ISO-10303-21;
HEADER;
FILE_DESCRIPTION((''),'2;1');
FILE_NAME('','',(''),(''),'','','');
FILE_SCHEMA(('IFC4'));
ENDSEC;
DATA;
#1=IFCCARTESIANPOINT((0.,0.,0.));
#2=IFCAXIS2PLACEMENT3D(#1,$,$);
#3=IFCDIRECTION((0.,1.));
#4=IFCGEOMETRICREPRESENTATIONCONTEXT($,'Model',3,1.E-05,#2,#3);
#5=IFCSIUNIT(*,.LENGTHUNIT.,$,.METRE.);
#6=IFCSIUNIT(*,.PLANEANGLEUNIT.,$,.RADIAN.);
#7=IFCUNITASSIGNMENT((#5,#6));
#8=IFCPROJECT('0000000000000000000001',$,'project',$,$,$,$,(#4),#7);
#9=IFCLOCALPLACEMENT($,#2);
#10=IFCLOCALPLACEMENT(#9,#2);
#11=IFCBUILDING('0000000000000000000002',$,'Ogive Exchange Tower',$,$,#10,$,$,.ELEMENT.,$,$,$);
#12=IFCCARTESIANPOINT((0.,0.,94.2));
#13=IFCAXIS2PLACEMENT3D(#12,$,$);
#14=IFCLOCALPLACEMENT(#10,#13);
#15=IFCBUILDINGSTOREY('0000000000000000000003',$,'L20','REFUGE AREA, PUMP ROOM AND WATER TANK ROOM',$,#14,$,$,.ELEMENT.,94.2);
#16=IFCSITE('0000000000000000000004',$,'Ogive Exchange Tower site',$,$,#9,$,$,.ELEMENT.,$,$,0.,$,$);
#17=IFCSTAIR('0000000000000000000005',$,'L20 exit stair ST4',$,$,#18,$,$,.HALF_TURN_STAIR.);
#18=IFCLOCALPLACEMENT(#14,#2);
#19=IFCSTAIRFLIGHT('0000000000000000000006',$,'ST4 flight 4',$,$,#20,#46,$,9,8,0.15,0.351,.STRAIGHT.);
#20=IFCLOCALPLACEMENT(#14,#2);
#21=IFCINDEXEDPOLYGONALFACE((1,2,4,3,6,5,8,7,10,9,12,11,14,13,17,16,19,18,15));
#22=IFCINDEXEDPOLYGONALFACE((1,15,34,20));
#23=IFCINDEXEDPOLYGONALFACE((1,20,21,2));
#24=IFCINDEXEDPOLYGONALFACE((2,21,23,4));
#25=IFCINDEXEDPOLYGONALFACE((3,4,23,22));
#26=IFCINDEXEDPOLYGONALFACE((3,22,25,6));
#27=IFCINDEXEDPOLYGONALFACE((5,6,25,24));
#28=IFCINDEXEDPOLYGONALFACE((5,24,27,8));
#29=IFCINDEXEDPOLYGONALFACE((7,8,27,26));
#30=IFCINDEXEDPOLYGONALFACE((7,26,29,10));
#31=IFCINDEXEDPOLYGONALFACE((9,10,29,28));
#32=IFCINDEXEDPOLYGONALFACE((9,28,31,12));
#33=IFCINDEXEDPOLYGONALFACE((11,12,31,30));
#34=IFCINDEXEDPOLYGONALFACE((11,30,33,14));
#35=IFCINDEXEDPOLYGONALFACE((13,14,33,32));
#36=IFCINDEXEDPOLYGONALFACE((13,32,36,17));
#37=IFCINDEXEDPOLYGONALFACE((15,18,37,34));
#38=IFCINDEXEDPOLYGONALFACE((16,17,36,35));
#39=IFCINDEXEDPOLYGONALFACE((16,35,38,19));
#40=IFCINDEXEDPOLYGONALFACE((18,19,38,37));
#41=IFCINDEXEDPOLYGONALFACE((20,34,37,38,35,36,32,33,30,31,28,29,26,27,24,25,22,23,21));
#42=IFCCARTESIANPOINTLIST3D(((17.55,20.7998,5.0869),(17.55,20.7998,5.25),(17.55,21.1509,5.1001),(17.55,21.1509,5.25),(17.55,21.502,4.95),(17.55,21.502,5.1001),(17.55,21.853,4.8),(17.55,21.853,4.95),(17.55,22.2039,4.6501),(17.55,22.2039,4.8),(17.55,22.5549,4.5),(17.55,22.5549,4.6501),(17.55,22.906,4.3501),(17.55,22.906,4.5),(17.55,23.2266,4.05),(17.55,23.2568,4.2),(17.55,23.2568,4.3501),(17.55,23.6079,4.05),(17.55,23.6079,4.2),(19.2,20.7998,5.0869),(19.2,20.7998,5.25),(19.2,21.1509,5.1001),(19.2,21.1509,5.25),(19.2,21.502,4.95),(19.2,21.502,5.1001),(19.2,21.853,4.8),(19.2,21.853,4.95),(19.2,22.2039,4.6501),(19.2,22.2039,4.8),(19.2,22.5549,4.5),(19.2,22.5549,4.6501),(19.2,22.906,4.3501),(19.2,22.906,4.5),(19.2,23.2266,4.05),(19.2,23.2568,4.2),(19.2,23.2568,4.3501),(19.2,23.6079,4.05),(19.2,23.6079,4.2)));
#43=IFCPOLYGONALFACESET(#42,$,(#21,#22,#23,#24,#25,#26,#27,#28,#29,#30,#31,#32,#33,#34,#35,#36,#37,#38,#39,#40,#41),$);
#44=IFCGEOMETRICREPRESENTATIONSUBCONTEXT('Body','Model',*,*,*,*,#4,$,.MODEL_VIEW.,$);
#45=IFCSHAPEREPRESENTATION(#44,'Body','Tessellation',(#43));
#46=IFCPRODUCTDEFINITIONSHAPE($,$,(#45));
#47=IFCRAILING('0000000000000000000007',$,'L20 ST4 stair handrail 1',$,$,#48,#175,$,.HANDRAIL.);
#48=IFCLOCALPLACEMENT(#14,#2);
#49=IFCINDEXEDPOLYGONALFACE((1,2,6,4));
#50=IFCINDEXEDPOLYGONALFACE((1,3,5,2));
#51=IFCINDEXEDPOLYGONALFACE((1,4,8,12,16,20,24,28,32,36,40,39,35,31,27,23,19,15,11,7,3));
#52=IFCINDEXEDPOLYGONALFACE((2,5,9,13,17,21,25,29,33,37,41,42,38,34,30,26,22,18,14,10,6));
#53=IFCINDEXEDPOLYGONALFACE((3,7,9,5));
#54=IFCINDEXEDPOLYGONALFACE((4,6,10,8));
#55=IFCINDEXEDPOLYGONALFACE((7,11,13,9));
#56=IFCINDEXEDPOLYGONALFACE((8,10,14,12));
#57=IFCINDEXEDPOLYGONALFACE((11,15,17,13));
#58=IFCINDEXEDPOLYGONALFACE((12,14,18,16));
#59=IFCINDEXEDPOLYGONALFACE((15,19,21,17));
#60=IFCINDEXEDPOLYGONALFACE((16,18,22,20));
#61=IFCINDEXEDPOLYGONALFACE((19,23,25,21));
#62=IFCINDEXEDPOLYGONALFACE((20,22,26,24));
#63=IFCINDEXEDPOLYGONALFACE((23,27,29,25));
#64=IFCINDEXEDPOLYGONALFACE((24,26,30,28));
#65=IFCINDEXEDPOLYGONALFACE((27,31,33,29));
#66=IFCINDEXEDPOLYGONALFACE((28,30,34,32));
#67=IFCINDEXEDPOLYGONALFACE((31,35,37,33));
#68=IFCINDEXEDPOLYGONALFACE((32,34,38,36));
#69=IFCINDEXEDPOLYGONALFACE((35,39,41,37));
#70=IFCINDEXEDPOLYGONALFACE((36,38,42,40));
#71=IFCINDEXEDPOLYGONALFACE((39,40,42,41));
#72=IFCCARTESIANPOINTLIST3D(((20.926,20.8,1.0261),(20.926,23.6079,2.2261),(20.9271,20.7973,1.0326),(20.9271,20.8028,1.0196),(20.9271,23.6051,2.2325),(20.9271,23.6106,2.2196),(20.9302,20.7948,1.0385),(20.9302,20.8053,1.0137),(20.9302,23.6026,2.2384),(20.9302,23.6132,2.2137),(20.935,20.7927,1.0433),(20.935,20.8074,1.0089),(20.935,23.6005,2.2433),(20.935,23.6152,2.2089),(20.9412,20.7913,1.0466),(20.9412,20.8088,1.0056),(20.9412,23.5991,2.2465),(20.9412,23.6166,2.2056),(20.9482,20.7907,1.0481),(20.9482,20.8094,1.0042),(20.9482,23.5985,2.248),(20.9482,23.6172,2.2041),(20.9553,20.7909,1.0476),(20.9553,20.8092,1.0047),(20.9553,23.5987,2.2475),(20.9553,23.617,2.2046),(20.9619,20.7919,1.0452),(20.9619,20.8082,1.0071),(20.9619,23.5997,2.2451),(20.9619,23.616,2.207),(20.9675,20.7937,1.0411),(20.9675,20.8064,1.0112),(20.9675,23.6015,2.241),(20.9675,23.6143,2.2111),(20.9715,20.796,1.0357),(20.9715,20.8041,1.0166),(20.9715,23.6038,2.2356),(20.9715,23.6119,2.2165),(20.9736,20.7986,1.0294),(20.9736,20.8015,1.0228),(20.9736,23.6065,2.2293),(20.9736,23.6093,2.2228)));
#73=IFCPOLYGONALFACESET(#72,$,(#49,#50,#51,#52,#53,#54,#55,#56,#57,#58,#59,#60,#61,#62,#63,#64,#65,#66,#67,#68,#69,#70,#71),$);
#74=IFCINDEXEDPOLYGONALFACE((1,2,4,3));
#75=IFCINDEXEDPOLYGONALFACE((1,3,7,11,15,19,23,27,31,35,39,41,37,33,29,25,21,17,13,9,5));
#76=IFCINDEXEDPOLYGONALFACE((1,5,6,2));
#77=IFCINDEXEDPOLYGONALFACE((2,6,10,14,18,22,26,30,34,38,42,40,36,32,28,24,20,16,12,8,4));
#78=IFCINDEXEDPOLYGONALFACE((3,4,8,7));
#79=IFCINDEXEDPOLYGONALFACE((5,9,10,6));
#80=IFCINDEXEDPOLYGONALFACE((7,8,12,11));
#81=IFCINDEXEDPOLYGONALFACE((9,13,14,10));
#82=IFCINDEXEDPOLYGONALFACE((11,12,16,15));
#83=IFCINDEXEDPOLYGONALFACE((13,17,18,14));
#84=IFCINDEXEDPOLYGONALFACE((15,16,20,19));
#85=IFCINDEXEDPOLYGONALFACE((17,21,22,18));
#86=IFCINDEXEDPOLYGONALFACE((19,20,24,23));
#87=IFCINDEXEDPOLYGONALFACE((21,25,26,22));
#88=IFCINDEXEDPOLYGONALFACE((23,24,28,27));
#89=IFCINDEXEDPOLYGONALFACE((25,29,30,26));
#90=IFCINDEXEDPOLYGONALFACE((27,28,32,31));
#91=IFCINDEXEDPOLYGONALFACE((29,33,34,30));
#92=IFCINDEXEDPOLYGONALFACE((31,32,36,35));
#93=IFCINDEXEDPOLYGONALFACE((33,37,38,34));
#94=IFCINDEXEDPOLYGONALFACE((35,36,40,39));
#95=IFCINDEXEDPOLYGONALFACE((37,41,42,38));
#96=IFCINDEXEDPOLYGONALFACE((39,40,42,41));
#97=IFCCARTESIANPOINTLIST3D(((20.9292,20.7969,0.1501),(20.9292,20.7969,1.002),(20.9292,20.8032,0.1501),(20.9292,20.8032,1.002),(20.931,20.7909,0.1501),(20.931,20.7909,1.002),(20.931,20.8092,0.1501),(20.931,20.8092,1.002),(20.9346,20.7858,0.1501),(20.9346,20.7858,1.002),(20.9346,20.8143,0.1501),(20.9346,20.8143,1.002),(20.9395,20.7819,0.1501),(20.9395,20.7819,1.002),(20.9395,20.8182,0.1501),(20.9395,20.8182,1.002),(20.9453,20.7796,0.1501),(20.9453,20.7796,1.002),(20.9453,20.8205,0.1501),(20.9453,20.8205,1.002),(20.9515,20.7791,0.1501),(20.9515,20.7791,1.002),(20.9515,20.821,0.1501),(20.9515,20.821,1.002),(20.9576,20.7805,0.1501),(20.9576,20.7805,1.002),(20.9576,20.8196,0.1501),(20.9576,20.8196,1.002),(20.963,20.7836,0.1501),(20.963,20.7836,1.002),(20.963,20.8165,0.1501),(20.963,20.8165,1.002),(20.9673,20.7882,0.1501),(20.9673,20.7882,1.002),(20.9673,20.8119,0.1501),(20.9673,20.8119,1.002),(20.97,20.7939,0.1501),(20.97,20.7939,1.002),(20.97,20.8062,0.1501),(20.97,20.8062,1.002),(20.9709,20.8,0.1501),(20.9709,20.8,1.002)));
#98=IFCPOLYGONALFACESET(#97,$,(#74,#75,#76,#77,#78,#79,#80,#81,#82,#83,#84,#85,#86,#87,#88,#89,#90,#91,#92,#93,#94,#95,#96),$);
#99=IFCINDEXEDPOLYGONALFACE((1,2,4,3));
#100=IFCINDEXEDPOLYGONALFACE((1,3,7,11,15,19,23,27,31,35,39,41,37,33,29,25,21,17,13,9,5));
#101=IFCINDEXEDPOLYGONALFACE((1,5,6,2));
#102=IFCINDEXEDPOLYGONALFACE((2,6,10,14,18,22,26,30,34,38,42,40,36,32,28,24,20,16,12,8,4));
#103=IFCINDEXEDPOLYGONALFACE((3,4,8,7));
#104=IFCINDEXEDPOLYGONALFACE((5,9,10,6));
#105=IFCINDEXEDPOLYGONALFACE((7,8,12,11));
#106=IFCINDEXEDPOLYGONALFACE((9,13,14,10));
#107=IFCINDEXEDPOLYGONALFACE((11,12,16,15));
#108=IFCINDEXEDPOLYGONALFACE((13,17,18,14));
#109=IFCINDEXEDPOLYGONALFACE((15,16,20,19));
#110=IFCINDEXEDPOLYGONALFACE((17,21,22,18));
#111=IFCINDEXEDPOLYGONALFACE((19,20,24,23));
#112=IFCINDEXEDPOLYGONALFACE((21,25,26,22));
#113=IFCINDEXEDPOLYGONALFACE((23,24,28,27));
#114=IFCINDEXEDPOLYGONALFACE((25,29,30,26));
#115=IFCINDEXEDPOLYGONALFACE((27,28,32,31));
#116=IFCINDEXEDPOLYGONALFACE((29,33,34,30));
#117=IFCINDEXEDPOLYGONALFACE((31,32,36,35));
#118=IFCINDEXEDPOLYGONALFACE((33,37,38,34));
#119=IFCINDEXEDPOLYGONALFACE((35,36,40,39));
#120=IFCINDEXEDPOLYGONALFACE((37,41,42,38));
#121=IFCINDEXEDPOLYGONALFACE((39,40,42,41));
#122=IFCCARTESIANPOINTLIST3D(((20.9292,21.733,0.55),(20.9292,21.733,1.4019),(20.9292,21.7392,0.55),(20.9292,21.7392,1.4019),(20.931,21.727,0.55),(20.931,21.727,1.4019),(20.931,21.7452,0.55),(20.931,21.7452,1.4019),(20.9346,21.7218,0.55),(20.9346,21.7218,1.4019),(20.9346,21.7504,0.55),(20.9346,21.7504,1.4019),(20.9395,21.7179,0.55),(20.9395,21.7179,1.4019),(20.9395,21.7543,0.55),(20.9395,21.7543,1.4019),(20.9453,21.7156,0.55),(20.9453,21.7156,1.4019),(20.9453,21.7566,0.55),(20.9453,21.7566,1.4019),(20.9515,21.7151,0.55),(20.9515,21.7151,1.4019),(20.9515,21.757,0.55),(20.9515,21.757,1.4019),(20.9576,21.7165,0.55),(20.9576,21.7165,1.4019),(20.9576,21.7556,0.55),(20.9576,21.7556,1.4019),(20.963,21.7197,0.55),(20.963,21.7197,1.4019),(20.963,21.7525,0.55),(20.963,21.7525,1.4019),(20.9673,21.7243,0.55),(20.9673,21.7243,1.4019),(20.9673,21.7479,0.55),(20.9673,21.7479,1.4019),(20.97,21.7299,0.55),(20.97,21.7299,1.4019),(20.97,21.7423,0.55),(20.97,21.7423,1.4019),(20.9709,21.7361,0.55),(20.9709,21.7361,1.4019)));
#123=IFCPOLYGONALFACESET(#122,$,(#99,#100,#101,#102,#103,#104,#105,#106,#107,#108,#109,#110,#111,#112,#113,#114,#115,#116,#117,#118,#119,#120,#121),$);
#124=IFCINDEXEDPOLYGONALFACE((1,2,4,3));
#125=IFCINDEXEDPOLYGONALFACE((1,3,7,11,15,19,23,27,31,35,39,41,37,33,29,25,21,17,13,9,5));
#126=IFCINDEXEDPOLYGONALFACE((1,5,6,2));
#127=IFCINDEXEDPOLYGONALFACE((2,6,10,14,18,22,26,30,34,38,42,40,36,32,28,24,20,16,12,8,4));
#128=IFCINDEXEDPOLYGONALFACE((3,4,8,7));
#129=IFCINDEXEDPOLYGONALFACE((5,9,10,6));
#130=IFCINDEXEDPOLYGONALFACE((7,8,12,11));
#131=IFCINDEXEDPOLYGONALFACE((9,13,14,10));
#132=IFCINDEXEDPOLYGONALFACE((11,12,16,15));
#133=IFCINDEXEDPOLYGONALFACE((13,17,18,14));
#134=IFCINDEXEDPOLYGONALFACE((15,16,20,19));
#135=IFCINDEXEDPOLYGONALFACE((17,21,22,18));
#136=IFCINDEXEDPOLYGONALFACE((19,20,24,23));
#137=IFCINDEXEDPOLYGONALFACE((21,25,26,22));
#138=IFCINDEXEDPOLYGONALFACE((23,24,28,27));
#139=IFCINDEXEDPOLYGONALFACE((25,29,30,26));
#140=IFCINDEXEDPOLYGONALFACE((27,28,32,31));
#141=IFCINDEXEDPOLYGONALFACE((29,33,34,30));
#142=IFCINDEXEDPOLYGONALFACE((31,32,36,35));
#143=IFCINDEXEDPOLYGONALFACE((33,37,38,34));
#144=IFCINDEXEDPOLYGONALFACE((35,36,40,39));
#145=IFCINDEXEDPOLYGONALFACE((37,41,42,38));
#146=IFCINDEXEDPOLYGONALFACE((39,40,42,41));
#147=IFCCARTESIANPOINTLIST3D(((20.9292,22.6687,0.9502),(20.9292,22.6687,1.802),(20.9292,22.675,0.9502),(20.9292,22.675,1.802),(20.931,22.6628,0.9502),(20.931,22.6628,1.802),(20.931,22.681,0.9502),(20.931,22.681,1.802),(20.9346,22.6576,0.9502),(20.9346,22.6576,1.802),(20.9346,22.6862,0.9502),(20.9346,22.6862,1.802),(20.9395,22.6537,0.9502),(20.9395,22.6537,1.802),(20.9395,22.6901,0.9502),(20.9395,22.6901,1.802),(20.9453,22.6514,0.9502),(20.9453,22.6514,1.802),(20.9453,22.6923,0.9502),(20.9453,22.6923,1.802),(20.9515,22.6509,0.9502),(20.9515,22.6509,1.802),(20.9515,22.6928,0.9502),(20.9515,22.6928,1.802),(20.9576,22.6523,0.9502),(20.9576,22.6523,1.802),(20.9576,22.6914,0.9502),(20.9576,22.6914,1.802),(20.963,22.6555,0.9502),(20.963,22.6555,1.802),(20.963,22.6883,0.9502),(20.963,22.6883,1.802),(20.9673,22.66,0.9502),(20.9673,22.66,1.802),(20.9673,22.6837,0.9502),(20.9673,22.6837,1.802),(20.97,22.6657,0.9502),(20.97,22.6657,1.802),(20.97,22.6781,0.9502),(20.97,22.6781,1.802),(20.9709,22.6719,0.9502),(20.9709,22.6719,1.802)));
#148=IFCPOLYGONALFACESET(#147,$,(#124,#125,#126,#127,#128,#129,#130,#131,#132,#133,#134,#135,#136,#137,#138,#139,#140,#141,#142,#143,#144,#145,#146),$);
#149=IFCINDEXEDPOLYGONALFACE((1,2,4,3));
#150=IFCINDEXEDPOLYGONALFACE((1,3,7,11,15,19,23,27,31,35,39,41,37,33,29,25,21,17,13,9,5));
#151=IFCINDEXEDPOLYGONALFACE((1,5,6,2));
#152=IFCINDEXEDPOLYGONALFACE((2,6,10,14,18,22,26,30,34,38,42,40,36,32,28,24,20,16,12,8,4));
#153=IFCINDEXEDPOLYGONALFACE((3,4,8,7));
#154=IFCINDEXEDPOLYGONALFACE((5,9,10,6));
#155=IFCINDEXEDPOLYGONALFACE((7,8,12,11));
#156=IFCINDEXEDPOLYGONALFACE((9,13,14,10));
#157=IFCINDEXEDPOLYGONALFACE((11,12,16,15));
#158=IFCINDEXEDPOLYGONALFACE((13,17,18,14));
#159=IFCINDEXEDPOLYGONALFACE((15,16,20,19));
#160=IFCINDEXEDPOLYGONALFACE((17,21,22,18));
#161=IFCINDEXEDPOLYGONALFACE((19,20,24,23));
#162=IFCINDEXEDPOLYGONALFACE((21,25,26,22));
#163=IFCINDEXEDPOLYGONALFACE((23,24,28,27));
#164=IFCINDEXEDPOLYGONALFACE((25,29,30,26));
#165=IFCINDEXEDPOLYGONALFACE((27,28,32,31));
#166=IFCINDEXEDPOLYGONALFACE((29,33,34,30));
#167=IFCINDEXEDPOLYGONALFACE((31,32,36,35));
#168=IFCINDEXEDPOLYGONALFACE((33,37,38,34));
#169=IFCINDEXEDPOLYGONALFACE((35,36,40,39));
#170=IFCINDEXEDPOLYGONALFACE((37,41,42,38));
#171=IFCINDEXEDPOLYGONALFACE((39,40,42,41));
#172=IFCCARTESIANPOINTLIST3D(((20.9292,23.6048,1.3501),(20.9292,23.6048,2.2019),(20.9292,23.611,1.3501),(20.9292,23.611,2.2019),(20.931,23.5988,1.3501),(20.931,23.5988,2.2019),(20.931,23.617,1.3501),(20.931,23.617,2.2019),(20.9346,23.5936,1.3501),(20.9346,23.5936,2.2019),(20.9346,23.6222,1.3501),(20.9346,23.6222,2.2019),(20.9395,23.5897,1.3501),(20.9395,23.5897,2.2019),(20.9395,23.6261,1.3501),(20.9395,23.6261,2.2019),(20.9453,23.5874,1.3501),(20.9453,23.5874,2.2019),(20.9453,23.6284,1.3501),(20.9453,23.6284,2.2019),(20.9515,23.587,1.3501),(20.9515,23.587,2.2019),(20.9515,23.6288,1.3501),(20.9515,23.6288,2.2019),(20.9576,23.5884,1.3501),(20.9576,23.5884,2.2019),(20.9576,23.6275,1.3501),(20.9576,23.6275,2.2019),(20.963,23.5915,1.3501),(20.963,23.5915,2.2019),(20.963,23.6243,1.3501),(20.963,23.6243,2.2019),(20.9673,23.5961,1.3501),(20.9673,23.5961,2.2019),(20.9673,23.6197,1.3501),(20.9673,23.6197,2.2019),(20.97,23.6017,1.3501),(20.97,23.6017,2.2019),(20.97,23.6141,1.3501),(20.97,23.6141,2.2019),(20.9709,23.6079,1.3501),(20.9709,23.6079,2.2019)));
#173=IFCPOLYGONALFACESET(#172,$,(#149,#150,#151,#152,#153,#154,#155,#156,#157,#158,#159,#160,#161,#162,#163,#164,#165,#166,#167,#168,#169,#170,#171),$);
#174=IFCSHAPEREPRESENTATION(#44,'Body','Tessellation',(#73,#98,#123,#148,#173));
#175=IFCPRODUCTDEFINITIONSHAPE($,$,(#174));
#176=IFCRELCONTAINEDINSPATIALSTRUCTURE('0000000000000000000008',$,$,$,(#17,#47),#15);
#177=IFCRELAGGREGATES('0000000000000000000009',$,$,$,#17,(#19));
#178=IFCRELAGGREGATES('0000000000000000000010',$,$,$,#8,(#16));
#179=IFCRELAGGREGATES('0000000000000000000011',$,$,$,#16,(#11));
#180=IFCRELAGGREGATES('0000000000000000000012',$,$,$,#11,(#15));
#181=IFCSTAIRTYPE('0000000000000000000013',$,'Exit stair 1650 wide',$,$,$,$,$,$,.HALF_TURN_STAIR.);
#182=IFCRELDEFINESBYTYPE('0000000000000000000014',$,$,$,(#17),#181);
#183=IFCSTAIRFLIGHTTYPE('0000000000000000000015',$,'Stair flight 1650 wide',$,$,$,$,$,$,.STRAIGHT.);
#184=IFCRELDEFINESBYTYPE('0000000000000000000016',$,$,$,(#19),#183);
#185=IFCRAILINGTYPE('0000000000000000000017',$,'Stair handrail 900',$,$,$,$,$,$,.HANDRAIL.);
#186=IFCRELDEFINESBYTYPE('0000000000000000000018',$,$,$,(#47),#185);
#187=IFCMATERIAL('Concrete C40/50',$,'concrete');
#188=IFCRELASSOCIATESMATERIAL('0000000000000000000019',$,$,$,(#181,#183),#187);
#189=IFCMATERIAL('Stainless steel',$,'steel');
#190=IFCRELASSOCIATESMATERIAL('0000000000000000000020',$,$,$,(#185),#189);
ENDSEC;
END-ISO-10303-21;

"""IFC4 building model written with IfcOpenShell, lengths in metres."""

from ifc_helpers import new_model, si_unit, direction, frame, origin, origin_2d, place, context, subcontext, project, spatial, polyline, circle, outline, extrude, material, type_object, element, aggregate, save


model = new_model("IFC4")

# Units and contexts
model_context = context("Model", 3, precision=1e-05, world=origin(), true_north=direction((0.0, 1.0)))
body_context = subcontext(model_context, "Body", "Model", "MODEL_VIEW")
ifc_project = project(units=[si_unit("LENGTHUNIT", "METRE"), si_unit("PLANEANGLEUNIT", "RADIAN")], contexts=[model_context])

# Site, building, storey
site_placement = place(None, origin())
site = spatial("IfcSite", under=ifc_project, at=site_placement, Name="Ogive Exchange Tower site", CompositionType="ELEMENT", RefElevation=0.0)
building_placement = place(site_placement, origin())
building = spatial("IfcBuilding", under=site, at=building_placement, Name="Ogive Exchange Tower", CompositionType="ELEMENT")
storey_placement = place(building_placement, frame((0.0, 0.0, 94.2)))
storey = spatial("IfcBuildingStorey", under=building, at=storey_placement, Name="L20", Description="REFUGE AREA, PUMP ROOM AND WATER TANK ROOM", CompositionType="ELEMENT", Elevation=94.2)

# Stair, stair flight
ifc_material_1 = material(Name="Concrete C40/50", Category="concrete")
stair_type = type_object("IfcStairType", Name="Exit stair 1650 wide", PredefinedType="HALF_TURN_STAIR", material=ifc_material_1)
stair_placement = place(storey_placement, origin())
stair = element("IfcStair", 1, at=stair_placement, inside=storey, type_object=stair_type, Name="L20 exit stair ST4", PredefinedType="HALF_TURN_STAIR")
stair_flight_type = type_object("IfcStairFlightType", Name="Stair flight 1650 wide", PredefinedType="STRAIGHT", material=ifc_material_1)
stair_flight_1_placement = place(storey_placement, frame((18.375, 23.6079, 4.05), z_axis=(0.0, 0.0, 1.0), x_axis=(0.0, -1.0, 0.0)))
stair_flight_1 = element("IfcStairFlight", 2, at=stair_flight_1_placement, type_object=stair_flight_type, Name="ST4 flight 4", NumberOfRisers=9, NumberOfTreads=8, PredefinedType="STRAIGHT", RiserHeight=0.15, TreadLength=0.351, context=body_context, shape_type="SweptSolid", body=[
    extrude(outline(polyline([(0.0, 0.0), (0.0, 0.1499), (0.3511, 0.1499), (0.3511, 0.3), (0.7019, 0.3), (0.7019, 0.45), (1.053, 0.45), (1.053, 0.6001), (1.4041, 0.6001), (1.4041, 0.75), (1.7549, 0.75), (1.7549, 0.8999), (2.106, 0.8999), (2.106, 1.05), (2.457, 1.05), (2.457, 1.2), (2.8081, 1.2), (2.8081, 1.3501), (2.8081, 1.0369), (0.3813, 0.0), (0.0, 0.0)])), frame((0.0, 0.825, 0.0), z_axis=(0.0, -1.0, 0.0), x_axis=(1.0, 0.0, 0.0)), (0.0, 0.0, 1.0), 1.6499),
])
aggregate(stair, [stair_flight_1])

# Railing
ifc_material_2 = material(Name="Stainless steel", Category="steel")
railing_type = type_object("IfcRailingType", Name="Stair handrail 900", PredefinedType="HANDRAIL", material=ifc_material_2)
railing_1_placement = place(storey_placement, frame((20.95, 20.8, 0.1501)))
element("IfcRailing", 3, at=railing_1_placement, inside=storey, type_object=railing_type, Name="L20 ST4 stair handrail 1", PredefinedType="HANDRAIL", context=body_context, shape_type="SweptSolid", body=[
    extrude(circle(Radius=0.0239, at=origin_2d()), frame((0.0, 0.0, 0.876), z_axis=(0.0, 0.91955, 0.392973), x_axis=(-1.0, 0.0, 0.0)), (0.0, 0.0, 1.0), 3.0535),
    extrude(circle(Radius=0.021, at=origin_2d()), origin(), (0.0, 0.0, 1.0), 0.8518),
    extrude(circle(Radius=0.021, at=origin_2d()), frame((0.0, 0.936, 0.3999)), (0.0, 0.0, 1.0), 0.8518),
    extrude(circle(Radius=0.021, at=origin_2d()), frame((0.0, 1.8718, 0.8)), (0.0, 0.0, 1.0), 0.8518),
    extrude(circle(Radius=0.021, at=origin_2d()), frame((0.0, 2.8079, 1.2)), (0.0, 0.0, 1.0), 0.8518),
])

save(model, "model.ifc")
